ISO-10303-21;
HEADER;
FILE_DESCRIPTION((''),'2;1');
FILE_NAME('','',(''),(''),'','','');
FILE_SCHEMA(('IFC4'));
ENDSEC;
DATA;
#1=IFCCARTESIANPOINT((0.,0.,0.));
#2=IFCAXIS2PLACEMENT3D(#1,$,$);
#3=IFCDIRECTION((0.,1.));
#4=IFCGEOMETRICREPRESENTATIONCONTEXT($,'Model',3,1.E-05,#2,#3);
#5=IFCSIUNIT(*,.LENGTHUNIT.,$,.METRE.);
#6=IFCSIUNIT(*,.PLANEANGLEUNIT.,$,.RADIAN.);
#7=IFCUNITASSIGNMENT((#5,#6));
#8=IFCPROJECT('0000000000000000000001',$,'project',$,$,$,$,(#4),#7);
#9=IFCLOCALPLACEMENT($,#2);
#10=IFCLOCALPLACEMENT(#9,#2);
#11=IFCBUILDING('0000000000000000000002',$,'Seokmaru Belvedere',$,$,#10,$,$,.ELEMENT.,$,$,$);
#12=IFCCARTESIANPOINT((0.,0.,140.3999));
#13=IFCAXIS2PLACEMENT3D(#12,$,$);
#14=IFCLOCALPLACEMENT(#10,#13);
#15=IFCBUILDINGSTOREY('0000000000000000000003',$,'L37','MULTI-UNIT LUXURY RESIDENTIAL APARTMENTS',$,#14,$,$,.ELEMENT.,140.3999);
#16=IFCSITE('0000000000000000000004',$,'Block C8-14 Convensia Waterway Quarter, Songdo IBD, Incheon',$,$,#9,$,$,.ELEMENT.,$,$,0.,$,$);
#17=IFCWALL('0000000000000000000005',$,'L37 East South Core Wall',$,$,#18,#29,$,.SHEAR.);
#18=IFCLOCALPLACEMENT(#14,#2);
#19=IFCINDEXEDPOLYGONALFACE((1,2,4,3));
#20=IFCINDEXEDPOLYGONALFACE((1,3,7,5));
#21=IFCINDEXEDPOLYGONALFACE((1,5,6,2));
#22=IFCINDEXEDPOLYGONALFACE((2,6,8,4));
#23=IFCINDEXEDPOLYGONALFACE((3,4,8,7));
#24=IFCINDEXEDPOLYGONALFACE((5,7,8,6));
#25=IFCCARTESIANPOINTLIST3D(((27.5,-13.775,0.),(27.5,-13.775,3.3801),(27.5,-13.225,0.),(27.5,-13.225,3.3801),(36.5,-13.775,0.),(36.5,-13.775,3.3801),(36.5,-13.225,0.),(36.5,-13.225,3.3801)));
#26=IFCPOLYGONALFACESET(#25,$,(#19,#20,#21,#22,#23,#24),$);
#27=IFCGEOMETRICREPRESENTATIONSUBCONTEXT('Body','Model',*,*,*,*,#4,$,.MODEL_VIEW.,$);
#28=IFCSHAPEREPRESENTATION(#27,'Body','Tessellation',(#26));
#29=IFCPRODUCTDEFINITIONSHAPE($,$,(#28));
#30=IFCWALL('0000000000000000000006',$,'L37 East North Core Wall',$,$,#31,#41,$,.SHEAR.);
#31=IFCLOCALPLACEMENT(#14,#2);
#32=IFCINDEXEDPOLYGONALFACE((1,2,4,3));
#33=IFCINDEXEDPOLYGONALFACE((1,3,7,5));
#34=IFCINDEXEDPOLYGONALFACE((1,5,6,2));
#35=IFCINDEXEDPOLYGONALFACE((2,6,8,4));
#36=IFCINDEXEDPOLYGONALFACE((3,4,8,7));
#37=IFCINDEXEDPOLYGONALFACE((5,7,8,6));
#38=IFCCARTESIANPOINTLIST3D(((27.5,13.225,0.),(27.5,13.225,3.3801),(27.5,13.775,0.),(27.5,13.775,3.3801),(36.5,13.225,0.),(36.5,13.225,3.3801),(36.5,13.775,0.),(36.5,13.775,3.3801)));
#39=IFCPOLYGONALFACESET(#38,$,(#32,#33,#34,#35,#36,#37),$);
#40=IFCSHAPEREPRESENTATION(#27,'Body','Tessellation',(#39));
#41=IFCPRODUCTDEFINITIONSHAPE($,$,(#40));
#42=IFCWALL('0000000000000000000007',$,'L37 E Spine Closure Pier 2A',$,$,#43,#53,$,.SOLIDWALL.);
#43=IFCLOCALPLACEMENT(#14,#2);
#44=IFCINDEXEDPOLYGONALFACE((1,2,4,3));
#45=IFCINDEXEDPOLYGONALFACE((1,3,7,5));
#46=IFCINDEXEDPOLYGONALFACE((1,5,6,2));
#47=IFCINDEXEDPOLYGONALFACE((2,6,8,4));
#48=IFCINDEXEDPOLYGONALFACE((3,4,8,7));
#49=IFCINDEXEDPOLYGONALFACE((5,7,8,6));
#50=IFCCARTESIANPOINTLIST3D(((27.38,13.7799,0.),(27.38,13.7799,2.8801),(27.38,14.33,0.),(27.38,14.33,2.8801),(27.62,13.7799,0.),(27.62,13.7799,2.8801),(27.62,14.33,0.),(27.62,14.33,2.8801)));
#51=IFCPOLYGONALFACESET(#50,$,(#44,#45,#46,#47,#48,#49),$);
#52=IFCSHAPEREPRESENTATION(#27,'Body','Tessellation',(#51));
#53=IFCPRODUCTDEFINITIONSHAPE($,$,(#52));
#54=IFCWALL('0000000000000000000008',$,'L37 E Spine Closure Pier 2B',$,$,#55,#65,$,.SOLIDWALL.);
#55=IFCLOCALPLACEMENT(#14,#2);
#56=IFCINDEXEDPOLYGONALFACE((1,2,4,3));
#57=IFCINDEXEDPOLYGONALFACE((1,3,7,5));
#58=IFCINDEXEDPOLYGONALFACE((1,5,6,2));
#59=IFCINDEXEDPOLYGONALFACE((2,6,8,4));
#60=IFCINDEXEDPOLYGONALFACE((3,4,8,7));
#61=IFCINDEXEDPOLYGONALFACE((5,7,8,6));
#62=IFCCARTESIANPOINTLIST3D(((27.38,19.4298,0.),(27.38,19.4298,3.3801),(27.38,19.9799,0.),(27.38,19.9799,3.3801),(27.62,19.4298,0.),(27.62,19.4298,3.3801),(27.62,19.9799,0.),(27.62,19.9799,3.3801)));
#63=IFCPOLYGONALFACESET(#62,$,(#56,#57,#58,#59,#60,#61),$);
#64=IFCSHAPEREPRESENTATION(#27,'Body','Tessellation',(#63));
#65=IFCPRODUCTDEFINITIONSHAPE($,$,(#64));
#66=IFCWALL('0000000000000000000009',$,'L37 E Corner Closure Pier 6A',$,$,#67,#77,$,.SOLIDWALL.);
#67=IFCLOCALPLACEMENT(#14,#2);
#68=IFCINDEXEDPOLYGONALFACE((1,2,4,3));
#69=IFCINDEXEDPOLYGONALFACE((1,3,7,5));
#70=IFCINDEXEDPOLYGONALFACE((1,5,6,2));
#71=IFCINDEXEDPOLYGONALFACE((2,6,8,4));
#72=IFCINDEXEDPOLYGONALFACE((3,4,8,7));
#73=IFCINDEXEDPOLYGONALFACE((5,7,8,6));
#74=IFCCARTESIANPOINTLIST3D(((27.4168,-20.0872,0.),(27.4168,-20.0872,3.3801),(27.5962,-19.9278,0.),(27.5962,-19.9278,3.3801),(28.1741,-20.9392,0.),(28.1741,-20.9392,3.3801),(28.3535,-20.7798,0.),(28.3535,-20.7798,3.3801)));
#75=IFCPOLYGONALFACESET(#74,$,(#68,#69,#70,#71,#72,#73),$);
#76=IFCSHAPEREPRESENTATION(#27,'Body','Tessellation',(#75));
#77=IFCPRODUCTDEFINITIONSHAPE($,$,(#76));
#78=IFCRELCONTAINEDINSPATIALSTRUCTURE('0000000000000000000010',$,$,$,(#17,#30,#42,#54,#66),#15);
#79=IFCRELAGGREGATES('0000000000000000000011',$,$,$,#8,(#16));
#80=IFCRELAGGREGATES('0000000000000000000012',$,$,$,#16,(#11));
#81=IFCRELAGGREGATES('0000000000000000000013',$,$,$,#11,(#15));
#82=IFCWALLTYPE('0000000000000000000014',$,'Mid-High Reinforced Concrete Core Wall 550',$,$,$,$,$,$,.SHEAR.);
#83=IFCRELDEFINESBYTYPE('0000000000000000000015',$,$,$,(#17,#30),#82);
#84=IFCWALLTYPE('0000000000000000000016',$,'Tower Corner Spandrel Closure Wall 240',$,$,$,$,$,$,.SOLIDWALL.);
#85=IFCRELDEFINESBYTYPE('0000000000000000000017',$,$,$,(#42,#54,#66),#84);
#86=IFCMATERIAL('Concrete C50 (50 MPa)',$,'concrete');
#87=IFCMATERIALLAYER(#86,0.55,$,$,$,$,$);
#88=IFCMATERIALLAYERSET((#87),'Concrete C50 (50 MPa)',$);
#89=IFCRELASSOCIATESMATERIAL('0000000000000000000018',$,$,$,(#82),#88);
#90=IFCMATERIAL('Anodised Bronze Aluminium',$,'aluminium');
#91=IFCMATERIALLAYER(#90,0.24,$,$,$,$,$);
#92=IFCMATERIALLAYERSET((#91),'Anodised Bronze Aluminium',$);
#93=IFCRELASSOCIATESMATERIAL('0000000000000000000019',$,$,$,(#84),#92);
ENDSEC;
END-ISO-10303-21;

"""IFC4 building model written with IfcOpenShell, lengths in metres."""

from ifc_helpers import new_model, si_unit, direction, frame, frame_2d, origin, place, context, subcontext, project, spatial, rectangle, extrude, material, layer, layer_set, type_object, element, save


model = new_model("IFC4")

# Units and contexts
model_context = context("Model", 3, precision=1e-05, world=origin(), true_north=direction((0.0, 1.0)))
body_context = subcontext(model_context, "Body", "Model", "MODEL_VIEW")
ifc_project = project(units=[si_unit("LENGTHUNIT", "METRE"), si_unit("PLANEANGLEUNIT", "RADIAN")], contexts=[model_context])

# Site, building, storey
site_placement = place(None, origin())
site = spatial("IfcSite", under=ifc_project, at=site_placement, Name="Block C8-14 Convensia Waterway Quarter, Songdo IBD, Incheon", CompositionType="ELEMENT", RefElevation=0.0)
building_placement = place(site_placement, origin())
building = spatial("IfcBuilding", under=site, at=building_placement, Name="Seokmaru Belvedere", CompositionType="ELEMENT")
storey_placement = place(building_placement, frame((0.0, 0.0, 140.3999)))
storey = spatial("IfcBuildingStorey", under=building, at=storey_placement, Name="L37", Description="MULTI-UNIT LUXURY RESIDENTIAL APARTMENTS", CompositionType="ELEMENT", Elevation=140.3999)

# Shared definitions
ifc_material_1 = material(Name="Anodised Bronze Aluminium", Category="aluminium")

# Shared definitions
ifc_material_2 = material(Name="Concrete C50 (50 MPa)", Category="concrete")

# Walls
ifc_layer_1 = layer(ifc_material_2, 0.55)
ifc_layer_set_1 = layer_set([ifc_layer_1], Name="Concrete C50 (50 MPa)")
wall_type_1 = type_object("IfcWallType", Name="Mid-High Reinforced Concrete Core Wall 550", PredefinedType="SHEAR", material=ifc_layer_set_1)
for number, where, z_axis, x_axis, name in (
    (1, (27.5, -13.5, 0.0), (0.0, 0.0, 1.0), (1.0, 0.0, 0.0), "L37 East South Core Wall"),
    (2, (27.5, 13.5, 0.0), (0.0, 0.0, 1.0), (1.0, 0.0, 0.0), "L37 East North Core Wall"),
):
    element("IfcWall", number, at=place(storey_placement, frame(where, z_axis=z_axis, x_axis=x_axis)), inside=storey, type_object=wall_type_1, Name=name, PredefinedType="SHEAR", context=body_context, shape_type="SweptSolid", body=[
        extrude(rectangle(XDim=9.0, YDim=0.55, at=frame_2d((4.5, 0.0))), origin(), (0.0, 0.0, 1.0), 3.3801),
    ])
ifc_layer_2 = layer(ifc_material_1, 0.24)
ifc_layer_set_2 = layer_set([ifc_layer_2], Name="Anodised Bronze Aluminium")
wall_type_2 = type_object("IfcWallType", Name="Tower Corner Spandrel Closure Wall 240", PredefinedType="SOLIDWALL", material=ifc_layer_set_2)
wall_1_placement = place(storey_placement, frame((27.5, 13.78, 0.0), z_axis=(0.0, 0.0, 1.0), x_axis=(0.0, 1.0, 0.0)))
element("IfcWall", 3, at=wall_1_placement, inside=storey, type_object=wall_type_2, Name="L37 E Spine Closure Pier 2A", PredefinedType="SOLIDWALL", context=body_context, shape_type="SweptSolid", body=[
    extrude(rectangle(XDim=0.55, YDim=0.24, at=frame_2d((0.2749, 0.0))), origin(), (0.0, 0.0, 1.0), 2.8801),
])
wall_2_placement = place(storey_placement, frame((27.5, 19.4299, 0.0), z_axis=(0.0, 0.0, 1.0), x_axis=(0.0, 1.0, 0.0)))
element("IfcWall", 4, at=wall_2_placement, inside=storey, type_object=wall_type_2, Name="L37 E Spine Closure Pier 2B", PredefinedType="SOLIDWALL", context=body_context, shape_type="SweptSolid", body=[
    extrude(rectangle(XDim=0.55, YDim=0.24, at=frame_2d((0.2749, 0.0))), origin(), (0.0, 0.0, 1.0), 3.3801),
])
wall_3_placement = place(storey_placement, frame((27.5066, -20.0076, 0.0), z_axis=(0.0, 0.0, 1.0), x_axis=(0.664337, -0.747433, 0.0)))
element("IfcWall", 5, at=wall_3_placement, inside=storey, type_object=wall_type_2, Name="L37 E Corner Closure Pier 6A", PredefinedType="SOLIDWALL", context=body_context, shape_type="SweptSolid", body=[
    extrude(rectangle(XDim=1.1399, YDim=0.24, at=frame_2d((0.5698, 0.0))), origin(), (0.0, 0.0, 1.0), 3.3801),
])

save(model, "model.ifc")
